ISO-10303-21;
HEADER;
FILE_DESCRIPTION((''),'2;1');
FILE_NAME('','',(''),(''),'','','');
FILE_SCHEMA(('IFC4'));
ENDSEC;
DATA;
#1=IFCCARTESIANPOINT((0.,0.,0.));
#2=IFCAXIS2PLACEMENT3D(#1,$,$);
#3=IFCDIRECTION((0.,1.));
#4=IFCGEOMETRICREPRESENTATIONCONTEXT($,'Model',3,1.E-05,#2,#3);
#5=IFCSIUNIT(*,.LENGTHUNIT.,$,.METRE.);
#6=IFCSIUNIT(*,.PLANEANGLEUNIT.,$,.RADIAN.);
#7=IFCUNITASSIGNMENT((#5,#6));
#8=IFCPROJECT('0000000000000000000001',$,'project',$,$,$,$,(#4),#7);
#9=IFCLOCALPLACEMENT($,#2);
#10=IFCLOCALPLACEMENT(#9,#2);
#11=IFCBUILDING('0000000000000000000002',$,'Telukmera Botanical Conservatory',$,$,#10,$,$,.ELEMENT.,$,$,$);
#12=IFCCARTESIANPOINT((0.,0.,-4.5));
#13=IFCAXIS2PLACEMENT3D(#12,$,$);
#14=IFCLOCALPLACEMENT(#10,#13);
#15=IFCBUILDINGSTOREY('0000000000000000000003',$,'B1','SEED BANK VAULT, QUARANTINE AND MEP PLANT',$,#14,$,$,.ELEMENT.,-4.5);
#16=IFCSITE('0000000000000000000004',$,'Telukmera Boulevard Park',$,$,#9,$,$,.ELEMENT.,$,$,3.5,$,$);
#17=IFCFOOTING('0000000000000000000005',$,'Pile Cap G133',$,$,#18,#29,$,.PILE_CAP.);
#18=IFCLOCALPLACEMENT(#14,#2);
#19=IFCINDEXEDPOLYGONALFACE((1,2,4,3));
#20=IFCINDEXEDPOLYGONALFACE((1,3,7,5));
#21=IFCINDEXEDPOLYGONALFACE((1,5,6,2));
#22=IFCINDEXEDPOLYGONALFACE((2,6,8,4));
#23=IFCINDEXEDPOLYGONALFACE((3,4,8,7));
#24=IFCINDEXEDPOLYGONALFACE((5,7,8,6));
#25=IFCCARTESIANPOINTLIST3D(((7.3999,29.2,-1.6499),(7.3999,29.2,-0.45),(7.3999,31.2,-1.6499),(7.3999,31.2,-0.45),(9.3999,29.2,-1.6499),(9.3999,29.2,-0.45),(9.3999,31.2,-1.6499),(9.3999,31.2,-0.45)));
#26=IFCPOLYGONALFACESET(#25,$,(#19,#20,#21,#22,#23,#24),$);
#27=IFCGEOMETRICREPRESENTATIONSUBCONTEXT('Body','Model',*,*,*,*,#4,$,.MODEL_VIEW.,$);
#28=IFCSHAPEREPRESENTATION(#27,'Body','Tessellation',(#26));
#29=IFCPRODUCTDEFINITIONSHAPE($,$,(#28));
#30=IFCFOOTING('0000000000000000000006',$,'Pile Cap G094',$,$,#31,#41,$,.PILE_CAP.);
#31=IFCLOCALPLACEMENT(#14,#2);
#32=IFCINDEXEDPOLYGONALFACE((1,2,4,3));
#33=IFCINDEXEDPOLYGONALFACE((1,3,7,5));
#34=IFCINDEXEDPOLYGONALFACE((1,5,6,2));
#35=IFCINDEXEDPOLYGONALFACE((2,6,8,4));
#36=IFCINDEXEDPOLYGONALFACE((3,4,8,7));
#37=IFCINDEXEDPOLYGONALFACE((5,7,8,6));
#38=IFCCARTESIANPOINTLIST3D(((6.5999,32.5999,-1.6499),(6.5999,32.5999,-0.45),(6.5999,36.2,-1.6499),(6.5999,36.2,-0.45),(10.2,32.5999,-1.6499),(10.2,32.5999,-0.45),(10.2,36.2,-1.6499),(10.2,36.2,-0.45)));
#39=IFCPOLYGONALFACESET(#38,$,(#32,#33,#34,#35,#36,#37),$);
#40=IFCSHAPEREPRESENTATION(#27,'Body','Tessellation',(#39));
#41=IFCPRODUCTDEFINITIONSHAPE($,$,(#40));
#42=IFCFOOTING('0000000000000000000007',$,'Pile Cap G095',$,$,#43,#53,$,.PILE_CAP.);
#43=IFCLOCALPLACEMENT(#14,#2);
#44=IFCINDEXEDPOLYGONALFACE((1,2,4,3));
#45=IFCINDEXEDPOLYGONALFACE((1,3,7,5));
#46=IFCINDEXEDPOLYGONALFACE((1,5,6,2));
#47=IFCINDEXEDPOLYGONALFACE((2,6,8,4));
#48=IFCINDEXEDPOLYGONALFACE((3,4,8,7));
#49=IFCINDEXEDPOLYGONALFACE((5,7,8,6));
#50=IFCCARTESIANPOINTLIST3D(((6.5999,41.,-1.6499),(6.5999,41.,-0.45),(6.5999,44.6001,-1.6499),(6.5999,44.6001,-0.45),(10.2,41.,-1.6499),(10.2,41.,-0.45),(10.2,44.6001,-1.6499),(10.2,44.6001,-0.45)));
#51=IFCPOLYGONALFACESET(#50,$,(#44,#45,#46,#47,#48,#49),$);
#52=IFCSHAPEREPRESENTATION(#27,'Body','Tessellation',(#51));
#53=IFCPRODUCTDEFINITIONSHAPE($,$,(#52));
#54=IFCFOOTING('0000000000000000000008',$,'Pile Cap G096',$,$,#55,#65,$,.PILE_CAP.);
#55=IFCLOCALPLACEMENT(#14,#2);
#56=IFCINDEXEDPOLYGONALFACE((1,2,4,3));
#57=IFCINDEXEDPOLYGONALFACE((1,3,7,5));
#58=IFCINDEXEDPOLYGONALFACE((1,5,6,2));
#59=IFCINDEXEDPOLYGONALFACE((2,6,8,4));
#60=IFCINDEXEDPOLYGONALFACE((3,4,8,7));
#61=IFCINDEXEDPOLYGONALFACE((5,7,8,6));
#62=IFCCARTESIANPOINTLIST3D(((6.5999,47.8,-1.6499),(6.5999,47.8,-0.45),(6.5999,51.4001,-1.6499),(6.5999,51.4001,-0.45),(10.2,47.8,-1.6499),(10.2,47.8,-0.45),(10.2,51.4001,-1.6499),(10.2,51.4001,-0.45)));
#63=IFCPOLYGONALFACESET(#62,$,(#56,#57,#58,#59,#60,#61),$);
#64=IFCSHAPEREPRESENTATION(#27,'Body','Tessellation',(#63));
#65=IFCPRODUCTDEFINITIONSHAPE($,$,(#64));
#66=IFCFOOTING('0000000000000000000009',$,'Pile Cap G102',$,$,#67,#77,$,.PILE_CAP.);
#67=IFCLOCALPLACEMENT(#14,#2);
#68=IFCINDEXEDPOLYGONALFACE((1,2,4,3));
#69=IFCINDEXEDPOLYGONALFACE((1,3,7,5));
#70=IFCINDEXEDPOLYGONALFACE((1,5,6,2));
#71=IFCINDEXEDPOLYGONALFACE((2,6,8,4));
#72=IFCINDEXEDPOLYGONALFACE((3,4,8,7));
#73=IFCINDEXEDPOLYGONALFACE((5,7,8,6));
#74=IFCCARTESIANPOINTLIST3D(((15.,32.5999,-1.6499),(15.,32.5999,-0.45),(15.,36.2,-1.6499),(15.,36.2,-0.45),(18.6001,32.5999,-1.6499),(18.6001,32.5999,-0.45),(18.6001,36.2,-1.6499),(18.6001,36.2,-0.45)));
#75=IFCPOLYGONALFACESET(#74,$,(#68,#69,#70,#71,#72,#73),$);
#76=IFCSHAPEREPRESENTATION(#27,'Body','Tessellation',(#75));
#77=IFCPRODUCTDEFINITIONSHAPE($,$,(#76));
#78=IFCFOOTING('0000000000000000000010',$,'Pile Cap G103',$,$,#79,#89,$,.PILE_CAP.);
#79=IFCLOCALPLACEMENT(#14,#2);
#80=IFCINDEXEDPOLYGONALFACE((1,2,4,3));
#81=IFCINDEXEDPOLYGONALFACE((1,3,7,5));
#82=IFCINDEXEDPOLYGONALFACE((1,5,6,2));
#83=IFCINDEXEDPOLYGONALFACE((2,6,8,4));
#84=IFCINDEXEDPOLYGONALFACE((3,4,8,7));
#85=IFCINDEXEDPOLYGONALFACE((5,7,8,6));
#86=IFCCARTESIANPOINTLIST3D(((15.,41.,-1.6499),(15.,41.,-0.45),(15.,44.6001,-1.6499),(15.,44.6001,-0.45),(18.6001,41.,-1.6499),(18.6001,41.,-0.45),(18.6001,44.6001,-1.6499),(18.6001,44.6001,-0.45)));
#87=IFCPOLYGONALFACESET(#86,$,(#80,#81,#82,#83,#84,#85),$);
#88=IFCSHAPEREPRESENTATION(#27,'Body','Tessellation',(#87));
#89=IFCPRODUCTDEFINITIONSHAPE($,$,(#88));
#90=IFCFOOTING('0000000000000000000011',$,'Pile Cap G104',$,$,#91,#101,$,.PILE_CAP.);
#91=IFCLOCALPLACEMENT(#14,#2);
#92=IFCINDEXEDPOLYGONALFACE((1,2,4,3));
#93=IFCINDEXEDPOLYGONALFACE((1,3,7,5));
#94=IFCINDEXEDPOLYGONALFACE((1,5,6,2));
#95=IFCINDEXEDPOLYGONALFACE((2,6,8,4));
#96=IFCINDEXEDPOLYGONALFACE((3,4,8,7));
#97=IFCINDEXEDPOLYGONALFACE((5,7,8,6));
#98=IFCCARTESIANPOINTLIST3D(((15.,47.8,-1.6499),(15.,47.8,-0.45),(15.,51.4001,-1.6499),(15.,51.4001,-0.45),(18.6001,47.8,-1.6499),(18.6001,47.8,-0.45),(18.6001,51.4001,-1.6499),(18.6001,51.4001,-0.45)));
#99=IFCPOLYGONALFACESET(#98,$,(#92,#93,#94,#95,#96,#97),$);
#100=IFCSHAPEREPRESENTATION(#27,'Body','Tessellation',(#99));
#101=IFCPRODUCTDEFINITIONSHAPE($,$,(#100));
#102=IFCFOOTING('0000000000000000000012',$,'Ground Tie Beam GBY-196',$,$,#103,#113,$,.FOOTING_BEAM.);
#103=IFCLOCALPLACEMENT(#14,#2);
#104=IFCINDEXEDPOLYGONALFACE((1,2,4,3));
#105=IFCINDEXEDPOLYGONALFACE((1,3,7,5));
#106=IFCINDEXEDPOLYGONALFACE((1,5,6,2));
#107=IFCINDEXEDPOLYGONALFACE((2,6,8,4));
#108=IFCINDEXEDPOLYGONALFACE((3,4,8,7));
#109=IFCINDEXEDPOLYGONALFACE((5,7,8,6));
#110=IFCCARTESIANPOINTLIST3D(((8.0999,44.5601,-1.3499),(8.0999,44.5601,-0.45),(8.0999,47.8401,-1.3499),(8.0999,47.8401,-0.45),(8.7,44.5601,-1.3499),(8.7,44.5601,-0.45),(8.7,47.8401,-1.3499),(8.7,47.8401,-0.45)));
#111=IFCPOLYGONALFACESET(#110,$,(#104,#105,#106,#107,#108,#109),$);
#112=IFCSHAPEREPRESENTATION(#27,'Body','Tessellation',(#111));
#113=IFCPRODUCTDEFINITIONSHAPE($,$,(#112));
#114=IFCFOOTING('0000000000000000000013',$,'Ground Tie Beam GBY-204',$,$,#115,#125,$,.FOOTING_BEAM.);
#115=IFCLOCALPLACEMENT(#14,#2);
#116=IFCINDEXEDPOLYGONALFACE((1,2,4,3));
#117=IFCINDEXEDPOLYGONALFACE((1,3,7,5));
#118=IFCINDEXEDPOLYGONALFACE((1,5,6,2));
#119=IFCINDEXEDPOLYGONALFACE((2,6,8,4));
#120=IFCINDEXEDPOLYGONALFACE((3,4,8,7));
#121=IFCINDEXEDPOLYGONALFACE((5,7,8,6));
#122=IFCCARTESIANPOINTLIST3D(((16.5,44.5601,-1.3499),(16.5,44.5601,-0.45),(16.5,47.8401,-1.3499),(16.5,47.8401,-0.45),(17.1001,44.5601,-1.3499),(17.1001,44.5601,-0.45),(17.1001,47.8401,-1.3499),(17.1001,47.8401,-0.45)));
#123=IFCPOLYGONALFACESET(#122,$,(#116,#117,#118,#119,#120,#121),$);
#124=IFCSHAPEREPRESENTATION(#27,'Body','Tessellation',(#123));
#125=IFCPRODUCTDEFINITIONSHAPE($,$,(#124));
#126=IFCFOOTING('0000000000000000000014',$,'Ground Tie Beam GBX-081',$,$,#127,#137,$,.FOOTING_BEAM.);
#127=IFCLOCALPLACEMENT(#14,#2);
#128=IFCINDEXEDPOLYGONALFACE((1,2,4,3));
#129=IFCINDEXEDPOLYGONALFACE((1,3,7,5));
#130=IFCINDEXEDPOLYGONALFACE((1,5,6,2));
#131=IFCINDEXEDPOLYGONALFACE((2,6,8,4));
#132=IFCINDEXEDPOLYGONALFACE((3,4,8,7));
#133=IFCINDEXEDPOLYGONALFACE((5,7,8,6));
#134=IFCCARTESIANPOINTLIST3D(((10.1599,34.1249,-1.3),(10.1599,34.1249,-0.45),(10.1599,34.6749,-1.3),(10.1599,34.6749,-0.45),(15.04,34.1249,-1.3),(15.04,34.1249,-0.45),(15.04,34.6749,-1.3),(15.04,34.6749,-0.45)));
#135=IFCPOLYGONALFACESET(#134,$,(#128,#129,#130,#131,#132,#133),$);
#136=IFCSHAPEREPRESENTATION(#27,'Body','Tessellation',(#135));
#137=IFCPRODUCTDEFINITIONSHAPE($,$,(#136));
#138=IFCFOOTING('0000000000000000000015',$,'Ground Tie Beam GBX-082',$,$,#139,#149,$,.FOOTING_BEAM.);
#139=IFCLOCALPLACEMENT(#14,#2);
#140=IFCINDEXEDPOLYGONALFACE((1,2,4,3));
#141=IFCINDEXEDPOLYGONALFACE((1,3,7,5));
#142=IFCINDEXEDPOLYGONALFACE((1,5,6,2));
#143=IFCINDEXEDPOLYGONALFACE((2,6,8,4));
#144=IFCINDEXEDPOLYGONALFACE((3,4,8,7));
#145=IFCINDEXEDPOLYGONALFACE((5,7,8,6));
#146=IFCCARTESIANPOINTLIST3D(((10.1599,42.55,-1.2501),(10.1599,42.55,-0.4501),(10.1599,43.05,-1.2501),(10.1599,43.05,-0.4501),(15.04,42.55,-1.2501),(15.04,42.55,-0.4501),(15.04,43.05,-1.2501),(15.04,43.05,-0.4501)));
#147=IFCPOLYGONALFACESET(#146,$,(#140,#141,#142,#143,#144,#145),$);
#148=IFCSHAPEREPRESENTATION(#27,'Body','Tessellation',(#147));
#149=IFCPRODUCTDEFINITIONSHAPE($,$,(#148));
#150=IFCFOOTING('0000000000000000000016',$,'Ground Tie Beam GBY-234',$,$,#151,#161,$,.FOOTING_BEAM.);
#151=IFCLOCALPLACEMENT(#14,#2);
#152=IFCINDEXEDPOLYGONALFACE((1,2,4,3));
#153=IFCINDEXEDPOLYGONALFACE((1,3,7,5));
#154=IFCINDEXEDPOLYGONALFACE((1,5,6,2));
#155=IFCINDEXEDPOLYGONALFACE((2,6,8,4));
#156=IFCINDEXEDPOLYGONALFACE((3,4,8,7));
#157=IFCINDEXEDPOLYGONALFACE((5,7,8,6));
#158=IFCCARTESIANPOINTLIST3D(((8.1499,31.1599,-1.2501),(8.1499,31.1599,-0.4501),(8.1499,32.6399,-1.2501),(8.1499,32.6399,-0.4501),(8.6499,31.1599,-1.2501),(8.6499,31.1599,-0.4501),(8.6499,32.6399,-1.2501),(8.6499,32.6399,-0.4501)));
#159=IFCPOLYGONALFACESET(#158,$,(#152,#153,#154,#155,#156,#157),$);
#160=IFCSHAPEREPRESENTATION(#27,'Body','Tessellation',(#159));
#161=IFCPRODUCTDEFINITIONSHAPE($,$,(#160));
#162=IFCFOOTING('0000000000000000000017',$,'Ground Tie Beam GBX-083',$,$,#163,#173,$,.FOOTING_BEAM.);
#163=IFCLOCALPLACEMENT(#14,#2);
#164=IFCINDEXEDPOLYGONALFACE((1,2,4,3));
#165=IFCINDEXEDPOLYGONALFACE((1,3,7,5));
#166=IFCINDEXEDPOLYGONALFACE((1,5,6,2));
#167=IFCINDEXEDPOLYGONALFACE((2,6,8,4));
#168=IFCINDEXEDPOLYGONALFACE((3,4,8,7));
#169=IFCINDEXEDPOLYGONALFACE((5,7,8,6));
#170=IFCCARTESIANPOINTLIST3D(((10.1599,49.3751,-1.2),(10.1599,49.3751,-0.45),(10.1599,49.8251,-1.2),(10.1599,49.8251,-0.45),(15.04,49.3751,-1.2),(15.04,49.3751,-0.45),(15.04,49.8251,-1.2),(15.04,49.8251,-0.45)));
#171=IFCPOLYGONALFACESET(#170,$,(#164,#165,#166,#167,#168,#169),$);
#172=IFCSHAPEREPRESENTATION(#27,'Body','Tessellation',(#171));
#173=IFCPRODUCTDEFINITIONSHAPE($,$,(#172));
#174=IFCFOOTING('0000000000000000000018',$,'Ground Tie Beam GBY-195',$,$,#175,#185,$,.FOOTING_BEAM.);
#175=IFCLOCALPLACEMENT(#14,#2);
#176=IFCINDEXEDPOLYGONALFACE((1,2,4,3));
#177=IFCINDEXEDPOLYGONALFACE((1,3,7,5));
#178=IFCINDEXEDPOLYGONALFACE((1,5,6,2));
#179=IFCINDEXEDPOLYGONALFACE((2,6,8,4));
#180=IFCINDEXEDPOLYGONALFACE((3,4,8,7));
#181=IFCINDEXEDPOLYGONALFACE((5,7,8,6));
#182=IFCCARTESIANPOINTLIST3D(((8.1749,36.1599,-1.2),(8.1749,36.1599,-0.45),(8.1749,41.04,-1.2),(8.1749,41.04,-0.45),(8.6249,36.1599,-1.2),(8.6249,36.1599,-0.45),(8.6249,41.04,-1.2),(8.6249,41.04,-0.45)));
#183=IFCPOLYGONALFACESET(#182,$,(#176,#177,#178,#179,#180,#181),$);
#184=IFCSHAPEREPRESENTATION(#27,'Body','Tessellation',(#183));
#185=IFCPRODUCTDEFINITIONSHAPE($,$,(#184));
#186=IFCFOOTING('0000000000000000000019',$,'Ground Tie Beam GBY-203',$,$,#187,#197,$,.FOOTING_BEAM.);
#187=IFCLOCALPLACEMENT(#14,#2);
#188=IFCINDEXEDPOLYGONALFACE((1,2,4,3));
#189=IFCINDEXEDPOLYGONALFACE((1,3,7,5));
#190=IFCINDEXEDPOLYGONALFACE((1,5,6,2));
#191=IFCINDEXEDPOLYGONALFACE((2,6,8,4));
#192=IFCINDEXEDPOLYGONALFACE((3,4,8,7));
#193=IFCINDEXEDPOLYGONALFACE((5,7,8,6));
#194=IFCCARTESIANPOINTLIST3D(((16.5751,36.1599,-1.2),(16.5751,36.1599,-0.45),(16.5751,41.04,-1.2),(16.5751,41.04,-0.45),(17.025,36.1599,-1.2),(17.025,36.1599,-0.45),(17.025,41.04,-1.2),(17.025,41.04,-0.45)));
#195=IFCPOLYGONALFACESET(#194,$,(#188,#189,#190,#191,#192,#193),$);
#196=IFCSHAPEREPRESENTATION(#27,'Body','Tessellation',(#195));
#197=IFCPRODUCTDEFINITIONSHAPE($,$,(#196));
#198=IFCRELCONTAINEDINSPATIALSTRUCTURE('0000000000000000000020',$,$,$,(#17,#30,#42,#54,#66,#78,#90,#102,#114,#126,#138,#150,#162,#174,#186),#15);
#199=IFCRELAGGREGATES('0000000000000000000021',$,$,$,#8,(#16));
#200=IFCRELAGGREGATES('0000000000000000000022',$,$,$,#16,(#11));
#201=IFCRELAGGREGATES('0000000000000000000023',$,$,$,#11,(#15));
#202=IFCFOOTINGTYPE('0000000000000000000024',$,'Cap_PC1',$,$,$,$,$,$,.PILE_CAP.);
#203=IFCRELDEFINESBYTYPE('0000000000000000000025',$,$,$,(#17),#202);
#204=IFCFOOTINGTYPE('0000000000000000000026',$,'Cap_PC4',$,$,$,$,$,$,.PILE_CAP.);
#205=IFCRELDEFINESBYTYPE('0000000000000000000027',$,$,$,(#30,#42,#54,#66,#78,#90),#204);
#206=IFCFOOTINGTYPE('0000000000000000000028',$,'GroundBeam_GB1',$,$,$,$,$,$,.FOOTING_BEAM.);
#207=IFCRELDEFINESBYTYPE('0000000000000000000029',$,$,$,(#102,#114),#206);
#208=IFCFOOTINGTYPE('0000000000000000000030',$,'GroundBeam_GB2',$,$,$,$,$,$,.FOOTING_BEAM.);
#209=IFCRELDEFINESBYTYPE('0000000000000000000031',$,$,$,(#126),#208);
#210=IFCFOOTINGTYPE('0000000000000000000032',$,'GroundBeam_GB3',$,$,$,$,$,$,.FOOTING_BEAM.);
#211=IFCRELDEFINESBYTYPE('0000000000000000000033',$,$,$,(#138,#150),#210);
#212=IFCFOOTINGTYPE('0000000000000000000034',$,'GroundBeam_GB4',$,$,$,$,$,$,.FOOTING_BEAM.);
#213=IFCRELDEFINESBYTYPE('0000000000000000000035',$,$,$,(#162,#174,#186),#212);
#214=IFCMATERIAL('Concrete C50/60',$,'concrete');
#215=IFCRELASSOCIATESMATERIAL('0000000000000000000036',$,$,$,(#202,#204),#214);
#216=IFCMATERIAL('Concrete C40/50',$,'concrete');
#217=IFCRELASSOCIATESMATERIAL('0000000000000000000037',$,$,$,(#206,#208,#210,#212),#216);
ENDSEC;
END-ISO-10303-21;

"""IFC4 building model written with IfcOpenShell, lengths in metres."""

from ifc_helpers import new_model, si_unit, direction, frame, origin, origin_2d, place, context, subcontext, project, spatial, rectangle, extrude, material, material_profile, profile_set, type_object, element, save


model = new_model("IFC4")

# Units and contexts
model_context = context("Model", 3, precision=1e-05, world=origin(), true_north=direction((0.0, 1.0)))
body_context = subcontext(model_context, "Body", "Model", "MODEL_VIEW")
ifc_project = project(units=[si_unit("LENGTHUNIT", "METRE"), si_unit("PLANEANGLEUNIT", "RADIAN")], contexts=[model_context])

# Site, building, storey
site_placement = place(None, origin())
site = spatial("IfcSite", under=ifc_project, at=site_placement, Name="Telukmera Boulevard Park", CompositionType="ELEMENT", RefElevation=3.5)
building_placement = place(site_placement, origin())
building = spatial("IfcBuilding", under=site, at=building_placement, Name="Telukmera Botanical Conservatory", CompositionType="ELEMENT")
storey_placement = place(building_placement, frame((0.0, 0.0, -4.5)))
storey = spatial("IfcBuildingStorey", under=building, at=storey_placement, Name="B1", Description="SEED BANK VAULT, QUARANTINE AND MEP PLANT", CompositionType="ELEMENT", Elevation=-4.5)

# Footings
ifc_material_1 = material(Name="Concrete C50/60", Category="concrete")
footing_type_1 = type_object("IfcFootingType", Name="Cap_PC1", PredefinedType="PILE_CAP", material=ifc_material_1)
footing_1_placement = place(storey_placement, frame((8.3999, 30.2, -1.6499), z_axis=(0.0, 0.0, 1.0), x_axis=(1.0, 0.0, 0.0)))
element("IfcFooting", 1, at=footing_1_placement, inside=storey, type_object=footing_type_1, Name="Pile Cap G133", PredefinedType="PILE_CAP", context=body_context, shape_type="SweptSolid", body=[
    extrude(rectangle(XDim=2.0, YDim=2.0, at=origin_2d()), origin(), (0.0, 0.0, 1.0), 1.2),
])
footing_type_2 = type_object("IfcFootingType", Name="Cap_PC4", PredefinedType="PILE_CAP", material=ifc_material_1)
for number, where, z_axis, x_axis, name in (
    (2, (8.3999, 34.3999, -1.6499), (0.0, 0.0, 1.0), (1.0, 0.0, 0.0), "Pile Cap G094"),
    (3, (8.3999, 42.8, -1.6499), (0.0, 0.0, 1.0), (1.0, 0.0, 0.0), "Pile Cap G095"),
    (4, (8.3999, 49.6001, -1.6499), (0.0, 0.0, 1.0), (1.0, 0.0, 0.0), "Pile Cap G096"),
    (5, (16.8, 34.3999, -1.6499), (0.0, 0.0, 1.0), (1.0, 0.0, 0.0), "Pile Cap G102"),
    (6, (16.8, 42.8, -1.6499), (0.0, 0.0, 1.0), (1.0, 0.0, 0.0), "Pile Cap G103"),
    (7, (16.8, 49.6001, -1.6499), (0.0, 0.0, 1.0), (1.0, 0.0, 0.0), "Pile Cap G104"),
):
    element("IfcFooting", number, at=place(storey_placement, frame(where, z_axis=z_axis, x_axis=x_axis)), inside=storey, type_object=footing_type_2, Name=name, PredefinedType="PILE_CAP", context=body_context, shape_type="SweptSolid", body=[
        extrude(rectangle(XDim=3.6001, YDim=3.6001, at=origin_2d()), origin(), (0.0, 0.0, 1.0), 1.2),
    ])
ifc_material_2 = material(Name="Concrete C40/50", Category="concrete")
ifc_material_profile_1 = material_profile(ifc_material_2, rectangle(XDim=0.6001, YDim=0.8999, at=origin_2d()), Name="RC 600x900")
ifc_profile_set_1 = profile_set([ifc_material_profile_1], Name="Concrete C40/50")
footing_type_3 = type_object("IfcFootingType", Name="GroundBeam_GB1", PredefinedType="FOOTING_BEAM", material=ifc_profile_set_1)
for number, where, z_axis, x_axis, name in (
    (8, (8.3999, 44.5601, -0.8999), (0.0, 1.0, 0.0), (-1.0, 0.0, 0.0), "Ground Tie Beam GBY-196"),
    (9, (16.8, 44.5601, -0.8999), (0.0, 1.0, 0.0), (-1.0, 0.0, 0.0), "Ground Tie Beam GBY-204"),
):
    element("IfcFooting", number, at=place(storey_placement, frame(where, z_axis=z_axis, x_axis=x_axis)), inside=storey, type_object=footing_type_3, Name=name, PredefinedType="FOOTING_BEAM", context=body_context, shape_type="SweptSolid", body=[
        extrude(rectangle(XDim=0.6001, YDim=0.8999, at=origin_2d()), origin(), (0.0, 0.0, 1.0), 3.28),
    ])
ifc_material_profile_2 = material_profile(ifc_material_2, rectangle(XDim=0.55, YDim=0.8501, at=origin_2d()), Name="RC 550x850")
ifc_profile_set_2 = profile_set([ifc_material_profile_2], Name="Concrete C40/50")
footing_type_4 = type_object("IfcFootingType", Name="GroundBeam_GB2", PredefinedType="FOOTING_BEAM", material=ifc_profile_set_2)
footing_2_placement = place(storey_placement, frame((10.1599, 34.3999, -0.875), z_axis=(1.0, 0.0, 0.0), x_axis=(0.0, 1.0, 0.0)))
element("IfcFooting", 10, at=footing_2_placement, inside=storey, type_object=footing_type_4, Name="Ground Tie Beam GBX-081", PredefinedType="FOOTING_BEAM", context=body_context, shape_type="SweptSolid", body=[
    extrude(rectangle(XDim=0.55, YDim=0.8501, at=origin_2d()), origin(), (0.0, 0.0, 1.0), 4.8801),
])
ifc_material_profile_3 = material_profile(ifc_material_2, rectangle(XDim=0.5, YDim=0.8, at=origin_2d()), Name="RC 500x800")
ifc_profile_set_3 = profile_set([ifc_material_profile_3], Name="Concrete C40/50")
footing_type_5 = type_object("IfcFootingType", Name="GroundBeam_GB3", PredefinedType="FOOTING_BEAM", material=ifc_profile_set_3)
footing_3_placement = place(storey_placement, frame((10.1599, 42.8, -0.8501), z_axis=(1.0, 0.0, 0.0), x_axis=(0.0, 1.0, 0.0)))
element("IfcFooting", 11, at=footing_3_placement, inside=storey, type_object=footing_type_5, Name="Ground Tie Beam GBX-082", PredefinedType="FOOTING_BEAM", context=body_context, shape_type="SweptSolid", body=[
    extrude(rectangle(XDim=0.5, YDim=0.8, at=origin_2d()), origin(), (0.0, 0.0, 1.0), 4.8801),
])
footing_4_placement = place(storey_placement, frame((8.3999, 31.1599, -0.8501), z_axis=(0.0, 1.0, 0.0), x_axis=(-1.0, 0.0, 0.0)))
element("IfcFooting", 12, at=footing_4_placement, inside=storey, type_object=footing_type_5, Name="Ground Tie Beam GBY-234", PredefinedType="FOOTING_BEAM", context=body_context, shape_type="SweptSolid", body=[
    extrude(rectangle(XDim=0.5, YDim=0.8, at=origin_2d()), origin(), (0.0, 0.0, 1.0), 1.48),
])
ifc_material_profile_4 = material_profile(ifc_material_2, rectangle(XDim=0.45, YDim=0.75, at=origin_2d()), Name="RC 450x750")
ifc_profile_set_4 = profile_set([ifc_material_profile_4], Name="Concrete C40/50")
footing_type_6 = type_object("IfcFootingType", Name="GroundBeam_GB4", PredefinedType="FOOTING_BEAM", material=ifc_profile_set_4)
for number, where, z_axis, x_axis, name in (
    (13, (10.1599, 49.6001, -0.825), (1.0, 0.0, 0.0), (0.0, 1.0, 0.0), "Ground Tie Beam GBX-083"),
    (14, (8.3999, 36.1599, -0.825), (0.0, 1.0, 0.0), (-1.0, 0.0, 0.0), "Ground Tie Beam GBY-195"),
    (15, (16.8, 36.1599, -0.825), (0.0, 1.0, 0.0), (-1.0, 0.0, 0.0), "Ground Tie Beam GBY-203"),
):
    element("IfcFooting", number, at=place(storey_placement, frame(where, z_axis=z_axis, x_axis=x_axis)), inside=storey, type_object=footing_type_6, Name=name, PredefinedType="FOOTING_BEAM", context=body_context, shape_type="SweptSolid", body=[
        extrude(rectangle(XDim=0.45, YDim=0.75, at=origin_2d()), origin(), (0.0, 0.0, 1.0), 4.8801),
    ])

save(model, "model.ifc")
